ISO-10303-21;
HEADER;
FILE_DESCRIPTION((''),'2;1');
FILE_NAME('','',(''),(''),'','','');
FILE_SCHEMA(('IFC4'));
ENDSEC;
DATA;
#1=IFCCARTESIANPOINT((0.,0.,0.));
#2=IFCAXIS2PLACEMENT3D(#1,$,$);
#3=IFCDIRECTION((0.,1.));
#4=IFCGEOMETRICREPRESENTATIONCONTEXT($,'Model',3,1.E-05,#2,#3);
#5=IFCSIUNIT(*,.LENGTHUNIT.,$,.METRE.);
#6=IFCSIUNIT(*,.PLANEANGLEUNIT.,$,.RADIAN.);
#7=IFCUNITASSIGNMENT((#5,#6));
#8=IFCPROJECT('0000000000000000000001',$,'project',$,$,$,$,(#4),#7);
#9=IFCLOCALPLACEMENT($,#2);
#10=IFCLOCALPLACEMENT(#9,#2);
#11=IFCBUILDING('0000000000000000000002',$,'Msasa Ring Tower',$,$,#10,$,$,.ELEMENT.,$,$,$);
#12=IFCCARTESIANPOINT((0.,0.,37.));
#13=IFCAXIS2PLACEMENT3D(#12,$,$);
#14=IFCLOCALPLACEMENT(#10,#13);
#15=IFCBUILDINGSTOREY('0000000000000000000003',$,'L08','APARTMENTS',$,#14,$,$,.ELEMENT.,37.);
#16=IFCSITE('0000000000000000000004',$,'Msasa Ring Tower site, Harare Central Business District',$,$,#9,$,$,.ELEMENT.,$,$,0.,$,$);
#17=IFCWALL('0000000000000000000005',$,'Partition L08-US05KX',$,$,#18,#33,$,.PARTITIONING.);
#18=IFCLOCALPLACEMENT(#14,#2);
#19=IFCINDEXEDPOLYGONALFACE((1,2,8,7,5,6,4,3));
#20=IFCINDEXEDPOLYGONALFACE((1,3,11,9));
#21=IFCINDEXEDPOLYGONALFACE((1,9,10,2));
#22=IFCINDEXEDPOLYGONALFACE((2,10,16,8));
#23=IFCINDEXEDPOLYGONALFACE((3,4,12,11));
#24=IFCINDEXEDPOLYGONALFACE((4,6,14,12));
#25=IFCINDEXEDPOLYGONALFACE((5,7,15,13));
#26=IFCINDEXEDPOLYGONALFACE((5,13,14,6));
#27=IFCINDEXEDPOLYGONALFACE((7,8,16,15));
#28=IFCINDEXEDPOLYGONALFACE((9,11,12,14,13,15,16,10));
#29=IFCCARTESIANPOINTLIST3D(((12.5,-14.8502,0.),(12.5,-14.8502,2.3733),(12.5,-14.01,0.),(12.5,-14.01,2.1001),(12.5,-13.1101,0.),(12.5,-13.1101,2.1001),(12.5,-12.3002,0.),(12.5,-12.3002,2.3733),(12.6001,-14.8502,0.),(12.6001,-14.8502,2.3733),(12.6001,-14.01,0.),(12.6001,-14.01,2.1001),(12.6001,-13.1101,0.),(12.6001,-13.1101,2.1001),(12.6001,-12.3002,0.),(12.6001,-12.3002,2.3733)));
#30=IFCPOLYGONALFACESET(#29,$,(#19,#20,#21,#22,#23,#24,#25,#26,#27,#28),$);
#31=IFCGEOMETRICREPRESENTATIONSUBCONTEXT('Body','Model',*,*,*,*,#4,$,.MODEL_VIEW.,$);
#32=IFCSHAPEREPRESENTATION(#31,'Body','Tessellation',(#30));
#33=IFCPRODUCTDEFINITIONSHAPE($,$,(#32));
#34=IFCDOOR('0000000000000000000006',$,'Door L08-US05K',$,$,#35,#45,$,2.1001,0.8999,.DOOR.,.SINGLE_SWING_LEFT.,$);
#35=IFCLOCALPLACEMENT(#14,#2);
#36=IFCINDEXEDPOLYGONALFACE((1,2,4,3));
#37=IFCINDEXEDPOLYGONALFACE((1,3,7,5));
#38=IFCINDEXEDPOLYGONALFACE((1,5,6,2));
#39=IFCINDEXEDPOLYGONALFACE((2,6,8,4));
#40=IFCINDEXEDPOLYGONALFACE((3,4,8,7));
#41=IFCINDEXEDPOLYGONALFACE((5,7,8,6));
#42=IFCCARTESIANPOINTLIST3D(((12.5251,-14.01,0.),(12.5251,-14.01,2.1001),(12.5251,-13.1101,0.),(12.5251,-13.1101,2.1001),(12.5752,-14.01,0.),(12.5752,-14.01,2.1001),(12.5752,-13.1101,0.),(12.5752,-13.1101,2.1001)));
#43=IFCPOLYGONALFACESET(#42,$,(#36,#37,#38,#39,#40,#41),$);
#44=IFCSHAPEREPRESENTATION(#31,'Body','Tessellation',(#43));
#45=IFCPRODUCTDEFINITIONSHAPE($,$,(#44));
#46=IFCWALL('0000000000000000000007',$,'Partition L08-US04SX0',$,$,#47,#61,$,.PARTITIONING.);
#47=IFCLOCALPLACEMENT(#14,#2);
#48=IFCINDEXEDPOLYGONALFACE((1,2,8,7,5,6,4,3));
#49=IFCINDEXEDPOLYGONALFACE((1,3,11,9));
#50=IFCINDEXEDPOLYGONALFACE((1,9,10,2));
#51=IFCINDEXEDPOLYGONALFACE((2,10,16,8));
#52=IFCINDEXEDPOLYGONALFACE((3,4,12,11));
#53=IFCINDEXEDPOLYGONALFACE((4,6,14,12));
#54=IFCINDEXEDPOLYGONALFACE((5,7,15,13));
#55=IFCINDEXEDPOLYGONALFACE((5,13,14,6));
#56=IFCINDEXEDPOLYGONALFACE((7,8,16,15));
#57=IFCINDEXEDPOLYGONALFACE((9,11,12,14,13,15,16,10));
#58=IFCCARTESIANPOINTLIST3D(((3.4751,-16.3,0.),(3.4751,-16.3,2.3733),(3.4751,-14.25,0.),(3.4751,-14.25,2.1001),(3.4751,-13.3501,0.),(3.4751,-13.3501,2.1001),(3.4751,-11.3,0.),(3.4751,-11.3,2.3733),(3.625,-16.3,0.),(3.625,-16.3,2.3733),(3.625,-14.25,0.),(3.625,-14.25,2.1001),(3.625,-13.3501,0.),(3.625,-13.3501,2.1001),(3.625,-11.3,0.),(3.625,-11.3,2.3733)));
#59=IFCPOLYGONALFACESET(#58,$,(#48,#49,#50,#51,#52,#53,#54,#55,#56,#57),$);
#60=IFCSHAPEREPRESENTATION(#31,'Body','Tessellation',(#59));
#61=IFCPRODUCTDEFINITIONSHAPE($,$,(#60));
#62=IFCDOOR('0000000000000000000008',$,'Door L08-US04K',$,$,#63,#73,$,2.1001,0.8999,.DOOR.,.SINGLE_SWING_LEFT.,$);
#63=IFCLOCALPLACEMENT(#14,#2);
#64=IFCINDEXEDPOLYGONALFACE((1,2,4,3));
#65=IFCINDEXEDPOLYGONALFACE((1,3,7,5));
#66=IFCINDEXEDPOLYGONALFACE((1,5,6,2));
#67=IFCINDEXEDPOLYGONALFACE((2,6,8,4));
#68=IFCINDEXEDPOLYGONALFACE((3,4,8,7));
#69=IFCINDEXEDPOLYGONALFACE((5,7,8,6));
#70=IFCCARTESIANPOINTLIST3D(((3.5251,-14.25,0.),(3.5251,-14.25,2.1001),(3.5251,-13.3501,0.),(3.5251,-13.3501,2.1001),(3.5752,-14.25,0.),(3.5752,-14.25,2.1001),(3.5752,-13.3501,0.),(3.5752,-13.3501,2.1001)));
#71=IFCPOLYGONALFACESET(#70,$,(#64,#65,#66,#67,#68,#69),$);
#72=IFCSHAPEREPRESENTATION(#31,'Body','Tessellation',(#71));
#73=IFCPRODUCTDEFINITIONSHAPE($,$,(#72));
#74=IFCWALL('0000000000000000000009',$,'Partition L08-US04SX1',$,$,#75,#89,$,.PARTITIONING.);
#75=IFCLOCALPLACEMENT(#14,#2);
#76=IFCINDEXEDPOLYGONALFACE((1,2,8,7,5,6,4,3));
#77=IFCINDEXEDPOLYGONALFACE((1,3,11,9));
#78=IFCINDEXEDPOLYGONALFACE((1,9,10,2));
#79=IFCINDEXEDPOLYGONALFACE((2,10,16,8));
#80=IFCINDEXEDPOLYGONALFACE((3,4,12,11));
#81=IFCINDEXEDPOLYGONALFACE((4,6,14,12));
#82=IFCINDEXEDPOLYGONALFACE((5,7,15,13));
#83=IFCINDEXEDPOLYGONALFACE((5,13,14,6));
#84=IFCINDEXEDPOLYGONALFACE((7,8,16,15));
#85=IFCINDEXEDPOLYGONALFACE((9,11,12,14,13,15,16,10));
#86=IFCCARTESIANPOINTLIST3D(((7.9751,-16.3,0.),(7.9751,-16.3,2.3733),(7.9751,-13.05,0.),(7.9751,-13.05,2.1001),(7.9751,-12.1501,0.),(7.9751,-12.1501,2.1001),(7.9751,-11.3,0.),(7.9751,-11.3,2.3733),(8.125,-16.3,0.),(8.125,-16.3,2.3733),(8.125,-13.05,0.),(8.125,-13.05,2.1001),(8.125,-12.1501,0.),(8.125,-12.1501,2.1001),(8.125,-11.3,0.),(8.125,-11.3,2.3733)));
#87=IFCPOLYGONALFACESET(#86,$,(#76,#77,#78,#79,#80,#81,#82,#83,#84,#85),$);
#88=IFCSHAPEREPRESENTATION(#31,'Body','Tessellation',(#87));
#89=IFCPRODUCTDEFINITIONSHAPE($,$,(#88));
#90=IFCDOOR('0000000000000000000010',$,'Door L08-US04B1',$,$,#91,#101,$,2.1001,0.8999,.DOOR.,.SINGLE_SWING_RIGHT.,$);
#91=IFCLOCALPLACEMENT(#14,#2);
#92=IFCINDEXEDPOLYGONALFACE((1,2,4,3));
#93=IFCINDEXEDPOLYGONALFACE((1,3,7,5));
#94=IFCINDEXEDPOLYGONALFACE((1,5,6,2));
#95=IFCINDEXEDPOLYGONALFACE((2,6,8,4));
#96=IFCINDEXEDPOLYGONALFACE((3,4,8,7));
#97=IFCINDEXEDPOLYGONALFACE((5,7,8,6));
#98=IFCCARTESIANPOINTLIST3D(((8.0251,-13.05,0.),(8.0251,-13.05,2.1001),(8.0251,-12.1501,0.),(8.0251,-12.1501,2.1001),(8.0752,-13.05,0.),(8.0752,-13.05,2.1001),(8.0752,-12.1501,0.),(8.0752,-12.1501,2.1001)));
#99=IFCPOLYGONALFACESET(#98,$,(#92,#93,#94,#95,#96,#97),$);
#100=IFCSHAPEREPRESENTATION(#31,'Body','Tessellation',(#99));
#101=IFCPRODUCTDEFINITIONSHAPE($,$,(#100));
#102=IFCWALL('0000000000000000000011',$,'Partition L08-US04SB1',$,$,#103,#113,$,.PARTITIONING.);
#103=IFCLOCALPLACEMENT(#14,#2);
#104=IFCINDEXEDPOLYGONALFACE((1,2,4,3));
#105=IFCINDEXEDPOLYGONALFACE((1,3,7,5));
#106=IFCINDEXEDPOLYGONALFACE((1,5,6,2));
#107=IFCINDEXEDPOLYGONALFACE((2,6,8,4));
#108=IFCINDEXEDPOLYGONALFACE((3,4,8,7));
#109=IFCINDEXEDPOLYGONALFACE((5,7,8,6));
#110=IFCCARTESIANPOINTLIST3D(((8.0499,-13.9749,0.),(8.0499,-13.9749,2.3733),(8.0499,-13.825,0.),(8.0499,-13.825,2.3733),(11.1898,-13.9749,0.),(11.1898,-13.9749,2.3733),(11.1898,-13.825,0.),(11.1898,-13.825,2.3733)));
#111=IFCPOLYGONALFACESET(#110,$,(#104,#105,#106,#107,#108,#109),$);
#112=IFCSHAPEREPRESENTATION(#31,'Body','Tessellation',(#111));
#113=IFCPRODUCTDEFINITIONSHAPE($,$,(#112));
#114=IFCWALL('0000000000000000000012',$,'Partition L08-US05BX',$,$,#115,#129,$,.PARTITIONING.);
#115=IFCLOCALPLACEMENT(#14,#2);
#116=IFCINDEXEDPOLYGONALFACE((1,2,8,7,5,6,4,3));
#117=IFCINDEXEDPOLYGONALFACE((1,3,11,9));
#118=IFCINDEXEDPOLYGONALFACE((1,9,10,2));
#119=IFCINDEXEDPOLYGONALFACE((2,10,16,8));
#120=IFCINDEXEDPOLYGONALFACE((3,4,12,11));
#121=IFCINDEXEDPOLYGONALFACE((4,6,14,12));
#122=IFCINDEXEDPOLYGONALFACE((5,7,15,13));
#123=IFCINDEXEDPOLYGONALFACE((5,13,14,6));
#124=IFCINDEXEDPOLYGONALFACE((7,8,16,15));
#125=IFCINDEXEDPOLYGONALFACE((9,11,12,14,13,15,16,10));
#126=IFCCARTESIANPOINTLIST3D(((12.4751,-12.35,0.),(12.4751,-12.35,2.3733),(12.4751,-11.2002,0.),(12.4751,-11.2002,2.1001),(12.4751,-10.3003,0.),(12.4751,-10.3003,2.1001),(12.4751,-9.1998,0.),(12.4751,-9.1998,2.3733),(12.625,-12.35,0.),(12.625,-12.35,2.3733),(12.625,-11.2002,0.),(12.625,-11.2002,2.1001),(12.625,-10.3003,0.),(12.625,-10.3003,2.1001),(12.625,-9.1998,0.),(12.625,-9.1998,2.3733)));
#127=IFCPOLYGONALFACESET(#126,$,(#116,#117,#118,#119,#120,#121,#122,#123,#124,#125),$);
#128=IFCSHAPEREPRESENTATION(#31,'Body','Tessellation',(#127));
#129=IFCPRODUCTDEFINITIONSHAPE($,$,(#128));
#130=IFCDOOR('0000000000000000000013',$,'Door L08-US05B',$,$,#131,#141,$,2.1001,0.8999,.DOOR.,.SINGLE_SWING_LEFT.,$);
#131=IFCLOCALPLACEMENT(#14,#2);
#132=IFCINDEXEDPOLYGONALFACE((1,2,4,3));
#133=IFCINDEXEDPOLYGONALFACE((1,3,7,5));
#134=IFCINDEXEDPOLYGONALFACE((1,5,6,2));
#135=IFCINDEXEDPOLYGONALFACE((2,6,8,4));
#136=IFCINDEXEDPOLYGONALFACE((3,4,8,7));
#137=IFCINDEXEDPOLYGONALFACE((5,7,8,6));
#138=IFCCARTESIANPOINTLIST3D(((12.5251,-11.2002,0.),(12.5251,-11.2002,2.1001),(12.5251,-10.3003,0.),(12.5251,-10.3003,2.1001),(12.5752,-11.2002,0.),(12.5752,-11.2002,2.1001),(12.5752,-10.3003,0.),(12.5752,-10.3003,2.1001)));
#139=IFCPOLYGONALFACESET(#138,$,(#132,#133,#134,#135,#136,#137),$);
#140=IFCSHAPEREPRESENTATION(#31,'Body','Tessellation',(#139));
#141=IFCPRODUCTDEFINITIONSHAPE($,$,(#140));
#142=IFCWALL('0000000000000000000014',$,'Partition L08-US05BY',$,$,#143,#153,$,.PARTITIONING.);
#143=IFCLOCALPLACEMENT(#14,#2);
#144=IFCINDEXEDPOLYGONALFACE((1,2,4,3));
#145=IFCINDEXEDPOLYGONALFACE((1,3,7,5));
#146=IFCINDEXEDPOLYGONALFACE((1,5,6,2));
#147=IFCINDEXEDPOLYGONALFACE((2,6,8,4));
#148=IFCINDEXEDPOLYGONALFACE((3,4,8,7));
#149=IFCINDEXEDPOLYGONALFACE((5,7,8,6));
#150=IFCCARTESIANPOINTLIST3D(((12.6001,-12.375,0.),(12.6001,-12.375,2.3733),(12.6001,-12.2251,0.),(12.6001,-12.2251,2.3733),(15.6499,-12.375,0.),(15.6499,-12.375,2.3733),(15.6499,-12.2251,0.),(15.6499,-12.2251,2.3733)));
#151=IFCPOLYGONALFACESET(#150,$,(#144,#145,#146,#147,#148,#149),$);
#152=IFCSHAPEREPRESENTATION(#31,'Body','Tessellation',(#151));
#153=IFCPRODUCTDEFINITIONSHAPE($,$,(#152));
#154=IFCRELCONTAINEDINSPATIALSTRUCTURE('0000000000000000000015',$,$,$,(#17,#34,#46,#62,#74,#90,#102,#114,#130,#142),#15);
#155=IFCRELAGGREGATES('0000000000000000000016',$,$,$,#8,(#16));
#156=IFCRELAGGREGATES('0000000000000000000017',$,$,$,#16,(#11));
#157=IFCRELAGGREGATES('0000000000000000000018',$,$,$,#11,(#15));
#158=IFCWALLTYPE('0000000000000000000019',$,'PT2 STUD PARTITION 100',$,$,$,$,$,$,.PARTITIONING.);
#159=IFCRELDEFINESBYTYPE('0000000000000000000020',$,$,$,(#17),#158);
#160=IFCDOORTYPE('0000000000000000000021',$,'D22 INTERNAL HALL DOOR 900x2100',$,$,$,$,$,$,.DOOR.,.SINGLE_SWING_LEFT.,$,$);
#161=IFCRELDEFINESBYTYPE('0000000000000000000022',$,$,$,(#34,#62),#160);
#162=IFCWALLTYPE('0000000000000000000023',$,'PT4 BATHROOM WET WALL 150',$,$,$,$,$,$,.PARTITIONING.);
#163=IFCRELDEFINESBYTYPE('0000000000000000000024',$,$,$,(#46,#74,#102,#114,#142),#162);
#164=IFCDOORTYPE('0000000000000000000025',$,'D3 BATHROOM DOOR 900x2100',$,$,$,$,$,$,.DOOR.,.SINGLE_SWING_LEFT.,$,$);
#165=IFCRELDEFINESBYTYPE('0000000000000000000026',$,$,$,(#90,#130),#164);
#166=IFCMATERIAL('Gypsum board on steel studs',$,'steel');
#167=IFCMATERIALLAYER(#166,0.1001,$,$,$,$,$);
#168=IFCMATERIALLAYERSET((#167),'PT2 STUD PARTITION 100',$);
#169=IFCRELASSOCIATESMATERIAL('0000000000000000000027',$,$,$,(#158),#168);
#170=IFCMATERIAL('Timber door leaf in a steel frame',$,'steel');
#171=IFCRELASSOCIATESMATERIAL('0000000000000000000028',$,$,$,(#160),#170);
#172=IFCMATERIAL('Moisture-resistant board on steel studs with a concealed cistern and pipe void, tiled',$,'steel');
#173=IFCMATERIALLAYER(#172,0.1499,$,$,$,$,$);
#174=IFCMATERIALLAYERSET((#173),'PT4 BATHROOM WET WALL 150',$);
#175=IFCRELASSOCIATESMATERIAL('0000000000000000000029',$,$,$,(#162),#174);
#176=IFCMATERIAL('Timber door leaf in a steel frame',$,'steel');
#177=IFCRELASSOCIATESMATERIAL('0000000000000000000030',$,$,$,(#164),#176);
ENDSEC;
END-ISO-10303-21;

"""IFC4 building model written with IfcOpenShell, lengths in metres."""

from ifc_helpers import new_model, si_unit, direction, frame, frame_2d, origin, place, context, subcontext, project, spatial, rectangle, extrude, material, layer, layer_set, type_object, element, fill, save


model = new_model("IFC4")

# Units and contexts
model_context = context("Model", 3, precision=1e-05, world=origin(), true_north=direction((0.0, 1.0)))
body_context = subcontext(model_context, "Body", "Model", "MODEL_VIEW")
ifc_project = project(units=[si_unit("LENGTHUNIT", "METRE"), si_unit("PLANEANGLEUNIT", "RADIAN")], contexts=[model_context])

# Site, building, storey
site_placement = place(None, origin())
site = spatial("IfcSite", under=ifc_project, at=site_placement, Name="Msasa Ring Tower site, Harare Central Business District", CompositionType="ELEMENT", RefElevation=0.0)
building_placement = place(site_placement, origin())
building = spatial("IfcBuilding", under=site, at=building_placement, Name="Msasa Ring Tower", CompositionType="ELEMENT")
storey_placement = place(building_placement, frame((0.0, 0.0, 37.0)))
storey = spatial("IfcBuildingStorey", under=building, at=storey_placement, Name="L08", Description="APARTMENTS", CompositionType="ELEMENT", Elevation=37.0)

# Shared definitions
ifc_material_1 = material(Name="Gypsum board on steel studs", Category="steel")
ifc_layer_1 = layer(ifc_material_1, 0.1001)
ifc_layer_set_1 = layer_set([ifc_layer_1], Name="PT2 STUD PARTITION 100")
wall_type_1 = type_object("IfcWallType", Name="PT2 STUD PARTITION 100", PredefinedType="PARTITIONING", material=ifc_layer_set_1)

# Shared definitions
ifc_material_2 = material(Name="Timber door leaf in a steel frame", Category="steel")
door_type_1 = type_object("IfcDoorType", Name="D22 INTERNAL HALL DOOR 900x2100", OperationType="SINGLE_SWING_LEFT", PredefinedType="DOOR", material=ifc_material_2)

# Walls, openings, doors
wall_1_placement = place(storey_placement, frame((12.55, -14.8501, 0.0), z_axis=(0.0, 0.0, 1.0), x_axis=(0.0, 1.0, 0.0)))
wall_1 = element("IfcWall", 1, at=wall_1_placement, inside=storey, type_object=wall_type_1, Name="Partition L08-US05KX", PredefinedType="PARTITIONING", context=body_context, shape_type="SweptSolid", body=[
    extrude(rectangle(XDim=2.55, YDim=0.1001, at=frame_2d((1.2749, 0.0))), origin(), (0.0, 0.0, 1.0), 2.3733),
])
opening_1_placement = place(wall_1_placement, frame((0.8401, 0.0, 0.0)))
opening_1 = element("IfcOpeningElement", 2, at=opening_1_placement, cuts=wall_1, PredefinedType="OPENING", context=body_context, shape_type="SweptSolid", body=[
    extrude(rectangle(XDim=0.8999, YDim=2.1001, at=frame_2d((0.45, 1.05))), frame((0.0, 0.0601, 0.0), z_axis=(0.0, -1.0, 0.0), x_axis=(1.0, 0.0, 0.0)), (0.0, 0.0, 1.0), 0.1201),
])
door_1_placement = place(opening_1_placement, origin())
door_1 = element("IfcDoor", 3, at=door_1_placement, inside=storey, type_object=door_type_1, Name="Door L08-US05K", OperationType="SINGLE_SWING_LEFT", OverallHeight=2.1001, OverallWidth=0.8999, PredefinedType="DOOR", context=body_context, shape_type="SweptSolid", body=[
    extrude(rectangle(XDim=0.8999, YDim=2.1001, at=frame_2d((0.45, 1.05))), frame((0.0, 0.0249, 0.0), z_axis=(0.0, -1.0, 0.0), x_axis=(1.0, 0.0, 0.0)), (0.0, 0.0, 1.0), 0.05),
])
fill(opening_1, door_1)
ifc_material_3 = material(Name="Moisture-resistant board on steel studs with a concealed cistern and pipe void, tiled", Category="steel")
ifc_layer_2 = layer(ifc_material_3, 0.1499)
ifc_layer_set_2 = layer_set([ifc_layer_2], Name="PT4 BATHROOM WET WALL 150")
wall_type_2 = type_object("IfcWallType", Name="PT4 BATHROOM WET WALL 150", PredefinedType="PARTITIONING", material=ifc_layer_set_2)
wall_2_placement = place(storey_placement, frame((3.55, -16.3, 0.0), z_axis=(0.0, 0.0, 1.0), x_axis=(0.0, 1.0, 0.0)))
wall_2 = element("IfcWall", 4, at=wall_2_placement, inside=storey, type_object=wall_type_2, Name="Partition L08-US04SX0", PredefinedType="PARTITIONING", context=body_context, shape_type="SweptSolid", body=[
    extrude(rectangle(XDim=5.0, YDim=0.1499, at=frame_2d((2.5, 0.0))), origin(), (0.0, 0.0, 1.0), 2.3733),
])
opening_2_placement = place(wall_2_placement, frame((2.05, 0.0, 0.0)))
opening_2 = element("IfcOpeningElement", 5, at=opening_2_placement, cuts=wall_2, PredefinedType="OPENING", context=body_context, shape_type="SweptSolid", body=[
    extrude(rectangle(XDim=0.8999, YDim=2.1001, at=frame_2d((0.45, 1.05))), frame((0.0, 0.085, 0.0), z_axis=(0.0, -1.0, 0.0), x_axis=(1.0, 0.0, 0.0)), (0.0, 0.0, 1.0), 0.1699),
])
door_2_placement = place(opening_2_placement, origin())
door_2 = element("IfcDoor", 6, at=door_2_placement, inside=storey, type_object=door_type_1, Name="Door L08-US04K", OperationType="SINGLE_SWING_LEFT", OverallHeight=2.1001, OverallWidth=0.8999, PredefinedType="DOOR", context=body_context, shape_type="SweptSolid", body=[
    extrude(rectangle(XDim=0.8999, YDim=2.1001, at=frame_2d((0.45, 1.05))), frame((0.0, 0.0249, 0.0), z_axis=(0.0, -1.0, 0.0), x_axis=(1.0, 0.0, 0.0)), (0.0, 0.0, 1.0), 0.05),
])
fill(opening_2, door_2)
wall_3_placement = place(storey_placement, frame((8.05, -16.3, 0.0), z_axis=(0.0, 0.0, 1.0), x_axis=(0.0, 1.0, 0.0)))
wall_3 = element("IfcWall", 7, at=wall_3_placement, inside=storey, type_object=wall_type_2, Name="Partition L08-US04SX1", PredefinedType="PARTITIONING", context=body_context, shape_type="SweptSolid", body=[
    extrude(rectangle(XDim=5.0, YDim=0.1499, at=frame_2d((2.5, 0.0))), origin(), (0.0, 0.0, 1.0), 2.3733),
])
opening_3_placement = place(wall_3_placement, frame((3.25, 0.0, 0.0)))
opening_3 = element("IfcOpeningElement", 8, at=opening_3_placement, cuts=wall_3, PredefinedType="OPENING", context=body_context, shape_type="SweptSolid", body=[
    extrude(rectangle(XDim=0.8999, YDim=2.1001, at=frame_2d((0.45, 1.05))), frame((0.0, 0.085, 0.0), z_axis=(0.0, -1.0, 0.0), x_axis=(1.0, 0.0, 0.0)), (0.0, 0.0, 1.0), 0.1699),
])
ifc_material_4 = material(Name="Timber door leaf in a steel frame", Category="steel")
door_type_2 = type_object("IfcDoorType", Name="D3 BATHROOM DOOR 900x2100", OperationType="SINGLE_SWING_LEFT", PredefinedType="DOOR", material=ifc_material_4)
door_3_placement = place(opening_3_placement, origin())
door_3 = element("IfcDoor", 9, at=door_3_placement, inside=storey, type_object=door_type_2, Name="Door L08-US04B1", OperationType="SINGLE_SWING_RIGHT", OverallHeight=2.1001, OverallWidth=0.8999, PredefinedType="DOOR", context=body_context, shape_type="SweptSolid", body=[
    extrude(rectangle(XDim=0.8999, YDim=2.1001, at=frame_2d((0.45, 1.05))), frame((0.0, 0.0249, 0.0), z_axis=(0.0, -1.0, 0.0), x_axis=(1.0, 0.0, 0.0)), (0.0, 0.0, 1.0), 0.05),
])
fill(opening_3, door_3)

# Wall
wall_4_placement = place(storey_placement, frame((8.05, -13.8999, 0.0), z_axis=(0.0, 0.0, 1.0), x_axis=(1.0, 0.0, 0.0)))
element("IfcWall", 10, at=wall_4_placement, inside=storey, type_object=wall_type_2, Name="Partition L08-US04SB1", PredefinedType="PARTITIONING", context=body_context, shape_type="SweptSolid", body=[
    extrude(rectangle(XDim=3.1399, YDim=0.1499, at=frame_2d((1.5698, 0.0))), origin(), (0.0, 0.0, 1.0), 2.3733),
])

# Wall, opening, door
wall_5_placement = place(storey_placement, frame((12.55, -12.3501, 0.0), z_axis=(0.0, 0.0, 1.0), x_axis=(0.0, 1.0, 0.0)))
wall_5 = element("IfcWall", 11, at=wall_5_placement, inside=storey, type_object=wall_type_2, Name="Partition L08-US05BX", PredefinedType="PARTITIONING", context=body_context, shape_type="SweptSolid", body=[
    extrude(rectangle(XDim=3.1501, YDim=0.1499, at=frame_2d((1.5752, 0.0))), origin(), (0.0, 0.0, 1.0), 2.3733),
])
opening_4_placement = place(wall_5_placement, frame((1.1499, 0.0, 0.0)))
opening_4 = element("IfcOpeningElement", 12, at=opening_4_placement, cuts=wall_5, PredefinedType="OPENING", context=body_context, shape_type="SweptSolid", body=[
    extrude(rectangle(XDim=0.8999, YDim=2.1001, at=frame_2d((0.45, 1.05))), frame((0.0, 0.085, 0.0), z_axis=(0.0, -1.0, 0.0), x_axis=(1.0, 0.0, 0.0)), (0.0, 0.0, 1.0), 0.1699),
])
door_4_placement = place(opening_4_placement, origin())
door_4 = element("IfcDoor", 13, at=door_4_placement, inside=storey, type_object=door_type_2, Name="Door L08-US05B", OperationType="SINGLE_SWING_LEFT", OverallHeight=2.1001, OverallWidth=0.8999, PredefinedType="DOOR", context=body_context, shape_type="SweptSolid", body=[
    extrude(rectangle(XDim=0.8999, YDim=2.1001, at=frame_2d((0.45, 1.05))), frame((0.0, 0.0249, 0.0), z_axis=(0.0, -1.0, 0.0), x_axis=(1.0, 0.0, 0.0)), (0.0, 0.0, 1.0), 0.05),
])
fill(opening_4, door_4)

# Wall
wall_6_placement = place(storey_placement, frame((12.6001, -12.3, 0.0), z_axis=(0.0, 0.0, 1.0), x_axis=(1.0, 0.0, 0.0)))
element("IfcWall", 14, at=wall_6_placement, inside=storey, type_object=wall_type_2, Name="Partition L08-US05BY", PredefinedType="PARTITIONING", context=body_context, shape_type="SweptSolid", body=[
    extrude(rectangle(XDim=3.0498, YDim=0.1499, at=frame_2d((1.5249, 0.0))), origin(), (0.0, 0.0, 1.0), 2.3733),
])

save(model, "model.ifc")
